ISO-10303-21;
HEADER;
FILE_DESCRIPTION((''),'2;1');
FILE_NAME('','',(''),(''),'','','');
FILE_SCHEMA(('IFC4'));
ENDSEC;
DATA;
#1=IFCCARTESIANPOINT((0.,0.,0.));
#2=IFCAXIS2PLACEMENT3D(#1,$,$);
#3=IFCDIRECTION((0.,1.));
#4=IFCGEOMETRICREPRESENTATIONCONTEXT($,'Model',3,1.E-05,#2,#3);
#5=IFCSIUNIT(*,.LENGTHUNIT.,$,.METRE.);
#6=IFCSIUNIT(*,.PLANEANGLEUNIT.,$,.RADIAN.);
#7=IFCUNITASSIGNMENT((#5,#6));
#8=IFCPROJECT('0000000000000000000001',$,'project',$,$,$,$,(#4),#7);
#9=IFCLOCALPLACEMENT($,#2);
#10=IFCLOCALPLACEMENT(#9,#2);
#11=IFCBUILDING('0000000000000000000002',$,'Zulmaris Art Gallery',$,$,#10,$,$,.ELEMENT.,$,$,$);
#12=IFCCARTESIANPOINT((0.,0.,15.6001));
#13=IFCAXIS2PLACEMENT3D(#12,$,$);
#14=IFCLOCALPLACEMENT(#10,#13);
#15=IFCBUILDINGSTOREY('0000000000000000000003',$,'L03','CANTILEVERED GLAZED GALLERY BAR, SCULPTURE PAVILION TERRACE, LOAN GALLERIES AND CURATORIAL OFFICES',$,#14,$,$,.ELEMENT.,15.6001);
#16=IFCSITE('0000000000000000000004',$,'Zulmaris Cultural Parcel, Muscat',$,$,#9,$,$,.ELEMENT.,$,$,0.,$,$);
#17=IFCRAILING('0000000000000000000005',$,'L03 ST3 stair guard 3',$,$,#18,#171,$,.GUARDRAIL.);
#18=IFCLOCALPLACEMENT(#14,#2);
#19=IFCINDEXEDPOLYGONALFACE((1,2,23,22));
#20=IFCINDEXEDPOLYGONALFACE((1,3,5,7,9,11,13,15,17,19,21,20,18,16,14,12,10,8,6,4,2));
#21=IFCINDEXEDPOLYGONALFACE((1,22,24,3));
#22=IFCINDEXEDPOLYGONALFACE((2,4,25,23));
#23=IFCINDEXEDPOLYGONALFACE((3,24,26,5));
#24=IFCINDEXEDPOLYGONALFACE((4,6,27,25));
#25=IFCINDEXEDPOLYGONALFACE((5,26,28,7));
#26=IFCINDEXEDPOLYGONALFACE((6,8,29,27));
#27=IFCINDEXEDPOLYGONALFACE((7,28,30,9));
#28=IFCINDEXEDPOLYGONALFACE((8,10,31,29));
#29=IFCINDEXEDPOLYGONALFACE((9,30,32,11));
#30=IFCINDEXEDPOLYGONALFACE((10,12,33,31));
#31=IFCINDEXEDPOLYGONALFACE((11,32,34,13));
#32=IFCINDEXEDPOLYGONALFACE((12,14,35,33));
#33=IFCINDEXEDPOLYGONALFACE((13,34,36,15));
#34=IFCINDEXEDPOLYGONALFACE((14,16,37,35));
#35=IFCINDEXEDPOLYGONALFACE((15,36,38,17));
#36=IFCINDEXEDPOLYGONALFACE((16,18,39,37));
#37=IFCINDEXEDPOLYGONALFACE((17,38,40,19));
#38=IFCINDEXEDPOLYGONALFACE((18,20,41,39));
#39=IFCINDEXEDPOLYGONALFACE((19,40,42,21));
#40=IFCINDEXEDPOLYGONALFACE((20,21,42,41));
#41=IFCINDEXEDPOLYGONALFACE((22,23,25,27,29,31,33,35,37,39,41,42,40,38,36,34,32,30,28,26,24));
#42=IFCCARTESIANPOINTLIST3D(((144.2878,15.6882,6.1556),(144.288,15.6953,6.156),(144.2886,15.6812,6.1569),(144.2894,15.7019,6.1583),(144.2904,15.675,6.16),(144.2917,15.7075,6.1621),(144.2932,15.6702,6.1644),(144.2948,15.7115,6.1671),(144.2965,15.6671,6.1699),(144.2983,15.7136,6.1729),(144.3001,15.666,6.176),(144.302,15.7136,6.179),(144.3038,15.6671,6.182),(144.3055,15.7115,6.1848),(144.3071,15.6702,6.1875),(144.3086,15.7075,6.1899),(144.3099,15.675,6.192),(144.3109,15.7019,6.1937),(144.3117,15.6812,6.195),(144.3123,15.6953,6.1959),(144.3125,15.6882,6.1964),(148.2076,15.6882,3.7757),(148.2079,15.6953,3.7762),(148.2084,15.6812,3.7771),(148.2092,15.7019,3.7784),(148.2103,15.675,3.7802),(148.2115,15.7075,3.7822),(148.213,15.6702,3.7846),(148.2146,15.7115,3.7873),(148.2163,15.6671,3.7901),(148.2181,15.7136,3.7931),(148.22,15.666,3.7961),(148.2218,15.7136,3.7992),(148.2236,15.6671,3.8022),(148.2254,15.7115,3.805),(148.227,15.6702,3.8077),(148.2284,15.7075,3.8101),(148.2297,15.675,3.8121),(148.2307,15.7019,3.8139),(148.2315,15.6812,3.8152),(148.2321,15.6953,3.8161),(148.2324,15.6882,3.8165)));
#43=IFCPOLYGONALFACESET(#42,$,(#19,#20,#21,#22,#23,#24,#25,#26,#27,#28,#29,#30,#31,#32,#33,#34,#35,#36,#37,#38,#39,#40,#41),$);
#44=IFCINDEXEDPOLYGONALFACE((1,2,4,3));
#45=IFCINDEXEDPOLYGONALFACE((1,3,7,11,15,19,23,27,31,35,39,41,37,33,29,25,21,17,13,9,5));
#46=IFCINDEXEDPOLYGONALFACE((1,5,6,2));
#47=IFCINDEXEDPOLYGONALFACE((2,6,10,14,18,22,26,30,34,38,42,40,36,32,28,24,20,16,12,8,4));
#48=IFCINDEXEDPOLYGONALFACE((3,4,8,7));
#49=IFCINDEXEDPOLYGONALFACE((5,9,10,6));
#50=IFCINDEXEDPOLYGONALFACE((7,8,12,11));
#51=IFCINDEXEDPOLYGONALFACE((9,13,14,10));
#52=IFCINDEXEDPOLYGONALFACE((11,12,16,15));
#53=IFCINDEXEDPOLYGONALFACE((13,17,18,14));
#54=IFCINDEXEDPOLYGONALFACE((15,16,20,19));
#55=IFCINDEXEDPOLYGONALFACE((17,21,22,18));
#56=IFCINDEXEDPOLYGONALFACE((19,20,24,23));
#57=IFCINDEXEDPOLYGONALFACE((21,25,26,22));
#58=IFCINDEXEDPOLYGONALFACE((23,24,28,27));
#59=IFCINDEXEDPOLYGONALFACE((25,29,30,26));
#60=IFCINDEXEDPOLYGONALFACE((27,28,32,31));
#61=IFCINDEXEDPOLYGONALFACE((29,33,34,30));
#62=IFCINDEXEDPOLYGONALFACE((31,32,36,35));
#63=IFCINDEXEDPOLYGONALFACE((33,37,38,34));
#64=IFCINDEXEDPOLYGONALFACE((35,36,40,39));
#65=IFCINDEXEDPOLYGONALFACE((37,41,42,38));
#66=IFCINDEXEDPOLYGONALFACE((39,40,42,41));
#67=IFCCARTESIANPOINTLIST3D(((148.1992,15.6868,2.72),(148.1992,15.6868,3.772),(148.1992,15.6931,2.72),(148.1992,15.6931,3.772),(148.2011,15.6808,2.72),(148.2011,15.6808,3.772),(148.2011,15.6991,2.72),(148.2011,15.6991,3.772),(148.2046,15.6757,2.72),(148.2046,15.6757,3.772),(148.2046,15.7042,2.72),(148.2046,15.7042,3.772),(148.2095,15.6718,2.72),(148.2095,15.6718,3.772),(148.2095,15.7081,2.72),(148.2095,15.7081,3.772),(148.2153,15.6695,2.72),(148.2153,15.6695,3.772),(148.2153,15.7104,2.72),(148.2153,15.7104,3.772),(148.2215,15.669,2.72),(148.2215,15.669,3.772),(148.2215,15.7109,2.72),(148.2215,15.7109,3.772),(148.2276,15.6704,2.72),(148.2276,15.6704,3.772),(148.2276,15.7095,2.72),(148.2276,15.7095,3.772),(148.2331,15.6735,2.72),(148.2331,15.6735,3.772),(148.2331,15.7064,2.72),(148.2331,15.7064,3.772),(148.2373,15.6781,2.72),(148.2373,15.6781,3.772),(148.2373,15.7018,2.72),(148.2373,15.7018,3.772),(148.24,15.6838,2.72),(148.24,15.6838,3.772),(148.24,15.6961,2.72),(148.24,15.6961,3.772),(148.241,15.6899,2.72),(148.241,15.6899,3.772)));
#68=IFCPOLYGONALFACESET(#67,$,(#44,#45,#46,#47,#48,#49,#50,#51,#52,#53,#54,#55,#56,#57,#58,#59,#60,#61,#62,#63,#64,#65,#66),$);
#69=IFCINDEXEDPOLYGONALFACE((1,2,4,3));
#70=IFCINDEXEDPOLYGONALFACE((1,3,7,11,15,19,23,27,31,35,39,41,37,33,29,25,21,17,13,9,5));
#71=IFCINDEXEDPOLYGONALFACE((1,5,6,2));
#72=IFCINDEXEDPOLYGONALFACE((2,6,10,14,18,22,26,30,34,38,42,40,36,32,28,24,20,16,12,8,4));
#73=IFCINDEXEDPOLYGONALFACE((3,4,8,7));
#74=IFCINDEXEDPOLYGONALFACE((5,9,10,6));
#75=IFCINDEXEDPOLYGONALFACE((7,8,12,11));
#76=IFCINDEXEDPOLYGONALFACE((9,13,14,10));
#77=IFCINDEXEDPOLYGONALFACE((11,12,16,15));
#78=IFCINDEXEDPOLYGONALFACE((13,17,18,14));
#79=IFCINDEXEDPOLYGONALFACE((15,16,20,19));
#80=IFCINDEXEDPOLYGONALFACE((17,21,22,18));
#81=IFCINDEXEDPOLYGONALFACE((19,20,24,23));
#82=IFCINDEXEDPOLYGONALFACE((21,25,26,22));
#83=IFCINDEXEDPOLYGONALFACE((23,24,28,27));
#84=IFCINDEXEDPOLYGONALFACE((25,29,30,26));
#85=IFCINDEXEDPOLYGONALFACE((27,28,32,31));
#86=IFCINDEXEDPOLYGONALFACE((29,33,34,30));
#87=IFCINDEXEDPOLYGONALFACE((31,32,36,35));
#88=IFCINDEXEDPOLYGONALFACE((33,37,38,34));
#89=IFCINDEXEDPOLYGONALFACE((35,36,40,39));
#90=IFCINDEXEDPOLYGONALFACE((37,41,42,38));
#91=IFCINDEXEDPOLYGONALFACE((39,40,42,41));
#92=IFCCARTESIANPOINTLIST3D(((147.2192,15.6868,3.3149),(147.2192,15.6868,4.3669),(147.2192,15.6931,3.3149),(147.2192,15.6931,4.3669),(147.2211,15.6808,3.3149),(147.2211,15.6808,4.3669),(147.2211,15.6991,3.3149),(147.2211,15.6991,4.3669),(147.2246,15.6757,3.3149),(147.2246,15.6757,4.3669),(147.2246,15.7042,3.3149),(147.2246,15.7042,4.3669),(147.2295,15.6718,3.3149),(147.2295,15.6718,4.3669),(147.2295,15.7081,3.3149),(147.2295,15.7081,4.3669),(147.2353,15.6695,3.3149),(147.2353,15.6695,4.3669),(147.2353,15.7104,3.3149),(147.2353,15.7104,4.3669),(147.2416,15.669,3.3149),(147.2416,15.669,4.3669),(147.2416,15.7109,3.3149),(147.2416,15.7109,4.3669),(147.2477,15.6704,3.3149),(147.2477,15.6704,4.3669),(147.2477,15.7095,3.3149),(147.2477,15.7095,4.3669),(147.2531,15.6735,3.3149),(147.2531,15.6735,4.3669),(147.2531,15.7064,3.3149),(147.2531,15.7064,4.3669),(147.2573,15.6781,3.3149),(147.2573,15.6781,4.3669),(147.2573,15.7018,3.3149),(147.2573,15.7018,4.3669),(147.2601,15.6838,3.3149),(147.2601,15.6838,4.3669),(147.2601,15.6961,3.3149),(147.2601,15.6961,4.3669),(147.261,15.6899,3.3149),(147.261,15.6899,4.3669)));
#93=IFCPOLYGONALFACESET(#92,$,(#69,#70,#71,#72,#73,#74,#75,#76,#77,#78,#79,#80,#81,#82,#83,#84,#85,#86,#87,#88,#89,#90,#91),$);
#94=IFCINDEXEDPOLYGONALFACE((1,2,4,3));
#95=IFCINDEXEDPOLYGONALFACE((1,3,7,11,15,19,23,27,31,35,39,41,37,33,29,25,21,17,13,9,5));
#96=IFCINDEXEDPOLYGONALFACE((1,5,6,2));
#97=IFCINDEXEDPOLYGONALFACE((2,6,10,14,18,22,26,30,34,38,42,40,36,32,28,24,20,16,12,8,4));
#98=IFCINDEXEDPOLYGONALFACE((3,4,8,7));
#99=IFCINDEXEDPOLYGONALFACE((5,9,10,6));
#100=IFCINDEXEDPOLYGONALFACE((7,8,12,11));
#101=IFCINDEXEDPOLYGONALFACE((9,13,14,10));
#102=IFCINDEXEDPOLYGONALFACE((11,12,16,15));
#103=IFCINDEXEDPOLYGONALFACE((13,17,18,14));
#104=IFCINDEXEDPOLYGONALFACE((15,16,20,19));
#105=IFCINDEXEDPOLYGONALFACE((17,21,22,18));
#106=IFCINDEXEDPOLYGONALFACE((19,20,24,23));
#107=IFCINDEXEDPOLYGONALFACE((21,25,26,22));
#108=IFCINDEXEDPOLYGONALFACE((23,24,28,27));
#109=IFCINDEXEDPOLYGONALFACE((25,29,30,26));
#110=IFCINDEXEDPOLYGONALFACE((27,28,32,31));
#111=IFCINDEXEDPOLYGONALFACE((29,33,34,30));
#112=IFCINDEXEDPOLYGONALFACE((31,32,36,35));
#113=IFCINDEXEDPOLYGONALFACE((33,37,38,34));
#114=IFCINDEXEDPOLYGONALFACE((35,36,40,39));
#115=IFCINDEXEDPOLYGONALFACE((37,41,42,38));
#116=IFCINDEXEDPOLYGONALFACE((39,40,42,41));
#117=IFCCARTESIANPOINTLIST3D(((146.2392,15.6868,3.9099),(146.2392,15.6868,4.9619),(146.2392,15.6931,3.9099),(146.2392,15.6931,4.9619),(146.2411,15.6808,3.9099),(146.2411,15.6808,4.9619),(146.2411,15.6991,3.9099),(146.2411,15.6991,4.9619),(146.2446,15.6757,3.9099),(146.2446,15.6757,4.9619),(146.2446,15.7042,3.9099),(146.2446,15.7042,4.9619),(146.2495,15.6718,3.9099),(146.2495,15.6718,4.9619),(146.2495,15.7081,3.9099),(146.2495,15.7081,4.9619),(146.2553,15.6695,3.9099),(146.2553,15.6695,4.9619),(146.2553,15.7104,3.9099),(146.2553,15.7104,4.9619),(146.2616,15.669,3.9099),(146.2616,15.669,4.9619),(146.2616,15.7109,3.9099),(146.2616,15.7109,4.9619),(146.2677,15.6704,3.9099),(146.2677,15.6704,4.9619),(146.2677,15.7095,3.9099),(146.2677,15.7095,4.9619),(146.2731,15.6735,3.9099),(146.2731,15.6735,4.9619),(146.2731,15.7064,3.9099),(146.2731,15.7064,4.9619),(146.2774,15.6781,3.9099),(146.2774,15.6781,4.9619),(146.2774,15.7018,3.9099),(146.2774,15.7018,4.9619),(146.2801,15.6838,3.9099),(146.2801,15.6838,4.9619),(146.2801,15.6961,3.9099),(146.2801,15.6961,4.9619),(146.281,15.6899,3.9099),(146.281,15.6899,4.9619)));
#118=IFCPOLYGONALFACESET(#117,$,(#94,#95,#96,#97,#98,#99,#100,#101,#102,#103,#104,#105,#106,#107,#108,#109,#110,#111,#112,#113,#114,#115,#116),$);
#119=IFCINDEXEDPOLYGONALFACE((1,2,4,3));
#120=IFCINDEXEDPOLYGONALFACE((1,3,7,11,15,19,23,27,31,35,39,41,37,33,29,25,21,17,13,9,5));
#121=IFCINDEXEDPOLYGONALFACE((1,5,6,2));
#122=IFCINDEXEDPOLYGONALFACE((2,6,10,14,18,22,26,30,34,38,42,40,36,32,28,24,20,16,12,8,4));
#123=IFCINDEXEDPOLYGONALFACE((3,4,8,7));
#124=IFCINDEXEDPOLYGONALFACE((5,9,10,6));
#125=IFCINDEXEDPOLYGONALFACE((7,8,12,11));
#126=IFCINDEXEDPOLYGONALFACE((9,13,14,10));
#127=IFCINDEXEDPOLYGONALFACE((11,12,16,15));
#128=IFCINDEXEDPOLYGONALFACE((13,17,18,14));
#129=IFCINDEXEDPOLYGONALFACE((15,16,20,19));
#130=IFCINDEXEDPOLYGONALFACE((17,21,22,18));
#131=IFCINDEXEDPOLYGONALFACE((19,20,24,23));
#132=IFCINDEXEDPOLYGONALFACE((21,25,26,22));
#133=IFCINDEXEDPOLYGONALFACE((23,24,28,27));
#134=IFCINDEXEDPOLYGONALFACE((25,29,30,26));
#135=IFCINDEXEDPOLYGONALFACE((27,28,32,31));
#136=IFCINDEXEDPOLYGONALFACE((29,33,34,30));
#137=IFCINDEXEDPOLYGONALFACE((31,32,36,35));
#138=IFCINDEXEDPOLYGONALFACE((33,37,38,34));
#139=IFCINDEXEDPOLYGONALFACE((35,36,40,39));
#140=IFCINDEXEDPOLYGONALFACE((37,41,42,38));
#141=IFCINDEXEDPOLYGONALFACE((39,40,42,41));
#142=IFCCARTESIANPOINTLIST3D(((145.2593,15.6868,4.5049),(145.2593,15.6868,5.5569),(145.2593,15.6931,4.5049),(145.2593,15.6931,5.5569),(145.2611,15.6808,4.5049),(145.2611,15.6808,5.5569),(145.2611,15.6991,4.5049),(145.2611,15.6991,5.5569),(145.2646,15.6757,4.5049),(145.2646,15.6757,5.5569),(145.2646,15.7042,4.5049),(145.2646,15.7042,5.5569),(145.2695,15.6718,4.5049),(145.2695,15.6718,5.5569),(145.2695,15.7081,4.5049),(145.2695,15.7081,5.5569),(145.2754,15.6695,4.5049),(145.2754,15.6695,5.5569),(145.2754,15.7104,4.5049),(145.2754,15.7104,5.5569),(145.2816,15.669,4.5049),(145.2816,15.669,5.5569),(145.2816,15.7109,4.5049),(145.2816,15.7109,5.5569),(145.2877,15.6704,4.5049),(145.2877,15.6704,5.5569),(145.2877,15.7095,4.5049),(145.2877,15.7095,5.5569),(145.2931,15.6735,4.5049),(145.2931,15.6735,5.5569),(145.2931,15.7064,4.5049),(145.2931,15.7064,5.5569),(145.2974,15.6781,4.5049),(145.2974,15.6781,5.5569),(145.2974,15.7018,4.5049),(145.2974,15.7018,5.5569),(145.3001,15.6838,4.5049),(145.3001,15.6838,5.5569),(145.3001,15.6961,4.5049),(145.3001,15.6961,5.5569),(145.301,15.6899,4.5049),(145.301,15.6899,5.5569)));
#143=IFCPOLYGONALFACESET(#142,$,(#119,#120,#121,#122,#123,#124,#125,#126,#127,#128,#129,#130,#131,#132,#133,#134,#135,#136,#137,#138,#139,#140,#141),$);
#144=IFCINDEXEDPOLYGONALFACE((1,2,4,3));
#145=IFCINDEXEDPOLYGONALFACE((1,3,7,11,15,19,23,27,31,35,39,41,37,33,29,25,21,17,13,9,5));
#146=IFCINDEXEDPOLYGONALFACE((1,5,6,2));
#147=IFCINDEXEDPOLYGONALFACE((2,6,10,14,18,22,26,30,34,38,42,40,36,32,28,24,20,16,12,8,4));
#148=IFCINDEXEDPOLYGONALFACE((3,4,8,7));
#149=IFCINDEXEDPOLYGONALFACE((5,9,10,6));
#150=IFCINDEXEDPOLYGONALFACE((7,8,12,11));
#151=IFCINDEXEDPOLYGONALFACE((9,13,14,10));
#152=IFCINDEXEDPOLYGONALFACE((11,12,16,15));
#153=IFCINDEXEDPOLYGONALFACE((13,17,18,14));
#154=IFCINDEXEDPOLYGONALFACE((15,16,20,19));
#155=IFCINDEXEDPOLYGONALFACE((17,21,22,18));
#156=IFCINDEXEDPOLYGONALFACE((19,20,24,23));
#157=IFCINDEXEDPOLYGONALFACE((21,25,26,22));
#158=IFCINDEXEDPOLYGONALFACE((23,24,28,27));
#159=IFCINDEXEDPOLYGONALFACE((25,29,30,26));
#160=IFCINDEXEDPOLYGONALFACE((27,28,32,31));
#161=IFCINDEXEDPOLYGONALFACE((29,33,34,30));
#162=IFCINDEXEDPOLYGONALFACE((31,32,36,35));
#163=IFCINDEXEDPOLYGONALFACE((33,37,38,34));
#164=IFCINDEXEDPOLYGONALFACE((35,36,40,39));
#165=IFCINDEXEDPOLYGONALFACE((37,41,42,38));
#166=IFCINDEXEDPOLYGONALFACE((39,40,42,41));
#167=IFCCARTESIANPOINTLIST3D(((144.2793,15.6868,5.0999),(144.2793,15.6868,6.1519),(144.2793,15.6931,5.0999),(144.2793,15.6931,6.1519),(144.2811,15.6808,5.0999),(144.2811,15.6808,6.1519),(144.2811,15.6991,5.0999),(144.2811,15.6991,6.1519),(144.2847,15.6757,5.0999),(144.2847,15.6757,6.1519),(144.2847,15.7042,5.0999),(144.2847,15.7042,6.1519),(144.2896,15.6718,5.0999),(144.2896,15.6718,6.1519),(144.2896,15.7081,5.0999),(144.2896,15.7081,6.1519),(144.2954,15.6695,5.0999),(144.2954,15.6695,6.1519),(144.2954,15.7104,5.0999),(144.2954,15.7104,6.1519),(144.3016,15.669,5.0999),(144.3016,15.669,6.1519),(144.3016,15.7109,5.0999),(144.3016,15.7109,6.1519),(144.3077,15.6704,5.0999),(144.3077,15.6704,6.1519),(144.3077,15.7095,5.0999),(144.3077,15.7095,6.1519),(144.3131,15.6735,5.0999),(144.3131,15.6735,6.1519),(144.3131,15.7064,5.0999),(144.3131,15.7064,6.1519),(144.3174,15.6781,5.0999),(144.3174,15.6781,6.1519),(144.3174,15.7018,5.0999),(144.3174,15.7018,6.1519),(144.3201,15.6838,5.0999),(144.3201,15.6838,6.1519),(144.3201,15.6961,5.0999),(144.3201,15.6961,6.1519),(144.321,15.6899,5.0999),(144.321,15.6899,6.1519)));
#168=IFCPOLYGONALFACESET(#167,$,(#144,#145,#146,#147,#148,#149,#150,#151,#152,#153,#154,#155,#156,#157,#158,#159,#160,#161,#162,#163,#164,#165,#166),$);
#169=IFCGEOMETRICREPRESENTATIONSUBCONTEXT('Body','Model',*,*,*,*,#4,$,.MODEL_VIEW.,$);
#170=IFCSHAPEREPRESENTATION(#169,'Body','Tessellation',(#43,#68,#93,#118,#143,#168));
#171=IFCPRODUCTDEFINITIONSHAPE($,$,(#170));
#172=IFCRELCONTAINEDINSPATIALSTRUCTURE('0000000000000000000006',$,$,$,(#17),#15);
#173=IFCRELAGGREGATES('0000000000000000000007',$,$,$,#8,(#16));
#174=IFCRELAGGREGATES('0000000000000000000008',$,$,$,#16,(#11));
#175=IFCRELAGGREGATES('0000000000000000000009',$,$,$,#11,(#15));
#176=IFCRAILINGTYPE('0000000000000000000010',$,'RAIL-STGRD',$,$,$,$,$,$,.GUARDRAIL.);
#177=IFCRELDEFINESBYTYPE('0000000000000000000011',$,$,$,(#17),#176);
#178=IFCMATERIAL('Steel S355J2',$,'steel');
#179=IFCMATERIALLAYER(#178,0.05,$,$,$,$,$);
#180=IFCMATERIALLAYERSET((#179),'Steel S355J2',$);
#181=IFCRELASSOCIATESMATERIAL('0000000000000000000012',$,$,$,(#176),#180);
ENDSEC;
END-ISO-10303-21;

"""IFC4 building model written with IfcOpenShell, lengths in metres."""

from ifc_helpers import new_model, si_unit, direction, frame, origin, origin_2d, place, context, subcontext, project, spatial, circle, extrude, material, layer, layer_set, type_object, element, save


model = new_model("IFC4")

# Units and contexts
model_context = context("Model", 3, precision=1e-05, world=origin(), true_north=direction((0.0, 1.0)))
body_context = subcontext(model_context, "Body", "Model", "MODEL_VIEW")
ifc_project = project(units=[si_unit("LENGTHUNIT", "METRE"), si_unit("PLANEANGLEUNIT", "RADIAN")], contexts=[model_context])

# Site, building, storey
site_placement = place(None, origin())
site = spatial("IfcSite", under=ifc_project, at=site_placement, Name="Zulmaris Cultural Parcel, Muscat", CompositionType="ELEMENT", RefElevation=0.0)
building_placement = place(site_placement, origin())
building = spatial("IfcBuilding", under=site, at=building_placement, Name="Zulmaris Art Gallery", CompositionType="ELEMENT")
storey_placement = place(building_placement, frame((0.0, 0.0, 15.6001)))
storey = spatial("IfcBuildingStorey", under=building, at=storey_placement, Name="L03", Description="CANTILEVERED GLAZED GALLERY BAR, SCULPTURE PAVILION TERRACE, LOAN GALLERIES AND CURATORIAL OFFICES", CompositionType="ELEMENT", Elevation=15.6001)

# Shared definitions
ifc_material_1 = material(Name="Steel S355J2", Category="steel")

# Railing
ifc_layer_1 = layer(ifc_material_1, 0.05)
ifc_layer_set_1 = layer_set([ifc_layer_1], Name="Steel S355J2")
railing_type_1 = type_object("IfcRailingType", Name="RAIL-STGRD", PredefinedType="GUARDRAIL", material=ifc_layer_set_1)
railing_1_placement = place(storey_placement, frame((148.22, 15.6899, 2.72)))
element("IfcRailing", 1, at=railing_1_placement, inside=storey, type_object=railing_type_1, Name="L03 ST3 stair guard 3", PredefinedType="GUARDRAIL", context=body_context, shape_type="SweptSolid", body=[
    extrude(circle(Radius=0.0239, at=origin_2d()), frame((0.0, 0.0, 1.0762), z_axis=(-0.854794, 0.0, 0.518967), x_axis=(0.0, -1.0, 0.0)), (0.0, 0.0, 1.0), 4.5857),
    extrude(circle(Radius=0.021, at=origin_2d()), origin(), (0.0, 0.0, 1.0), 1.052),
    extrude(circle(Radius=0.021, at=origin_2d()), frame((-0.98, 0.0, 0.595)), (0.0, 0.0, 1.0), 1.052),
    extrude(circle(Radius=0.021, at=origin_2d()), frame((-1.96, 0.0, 1.1899)), (0.0, 0.0, 1.0), 1.052),
    extrude(circle(Radius=0.021, at=origin_2d()), frame((-2.9399, 0.0, 1.7849)), (0.0, 0.0, 1.0), 1.052),
    extrude(circle(Radius=0.021, at=origin_2d()), frame((-3.9199, 0.0, 2.3799)), (0.0, 0.0, 1.0), 1.052),
])

save(model, "model.ifc")
